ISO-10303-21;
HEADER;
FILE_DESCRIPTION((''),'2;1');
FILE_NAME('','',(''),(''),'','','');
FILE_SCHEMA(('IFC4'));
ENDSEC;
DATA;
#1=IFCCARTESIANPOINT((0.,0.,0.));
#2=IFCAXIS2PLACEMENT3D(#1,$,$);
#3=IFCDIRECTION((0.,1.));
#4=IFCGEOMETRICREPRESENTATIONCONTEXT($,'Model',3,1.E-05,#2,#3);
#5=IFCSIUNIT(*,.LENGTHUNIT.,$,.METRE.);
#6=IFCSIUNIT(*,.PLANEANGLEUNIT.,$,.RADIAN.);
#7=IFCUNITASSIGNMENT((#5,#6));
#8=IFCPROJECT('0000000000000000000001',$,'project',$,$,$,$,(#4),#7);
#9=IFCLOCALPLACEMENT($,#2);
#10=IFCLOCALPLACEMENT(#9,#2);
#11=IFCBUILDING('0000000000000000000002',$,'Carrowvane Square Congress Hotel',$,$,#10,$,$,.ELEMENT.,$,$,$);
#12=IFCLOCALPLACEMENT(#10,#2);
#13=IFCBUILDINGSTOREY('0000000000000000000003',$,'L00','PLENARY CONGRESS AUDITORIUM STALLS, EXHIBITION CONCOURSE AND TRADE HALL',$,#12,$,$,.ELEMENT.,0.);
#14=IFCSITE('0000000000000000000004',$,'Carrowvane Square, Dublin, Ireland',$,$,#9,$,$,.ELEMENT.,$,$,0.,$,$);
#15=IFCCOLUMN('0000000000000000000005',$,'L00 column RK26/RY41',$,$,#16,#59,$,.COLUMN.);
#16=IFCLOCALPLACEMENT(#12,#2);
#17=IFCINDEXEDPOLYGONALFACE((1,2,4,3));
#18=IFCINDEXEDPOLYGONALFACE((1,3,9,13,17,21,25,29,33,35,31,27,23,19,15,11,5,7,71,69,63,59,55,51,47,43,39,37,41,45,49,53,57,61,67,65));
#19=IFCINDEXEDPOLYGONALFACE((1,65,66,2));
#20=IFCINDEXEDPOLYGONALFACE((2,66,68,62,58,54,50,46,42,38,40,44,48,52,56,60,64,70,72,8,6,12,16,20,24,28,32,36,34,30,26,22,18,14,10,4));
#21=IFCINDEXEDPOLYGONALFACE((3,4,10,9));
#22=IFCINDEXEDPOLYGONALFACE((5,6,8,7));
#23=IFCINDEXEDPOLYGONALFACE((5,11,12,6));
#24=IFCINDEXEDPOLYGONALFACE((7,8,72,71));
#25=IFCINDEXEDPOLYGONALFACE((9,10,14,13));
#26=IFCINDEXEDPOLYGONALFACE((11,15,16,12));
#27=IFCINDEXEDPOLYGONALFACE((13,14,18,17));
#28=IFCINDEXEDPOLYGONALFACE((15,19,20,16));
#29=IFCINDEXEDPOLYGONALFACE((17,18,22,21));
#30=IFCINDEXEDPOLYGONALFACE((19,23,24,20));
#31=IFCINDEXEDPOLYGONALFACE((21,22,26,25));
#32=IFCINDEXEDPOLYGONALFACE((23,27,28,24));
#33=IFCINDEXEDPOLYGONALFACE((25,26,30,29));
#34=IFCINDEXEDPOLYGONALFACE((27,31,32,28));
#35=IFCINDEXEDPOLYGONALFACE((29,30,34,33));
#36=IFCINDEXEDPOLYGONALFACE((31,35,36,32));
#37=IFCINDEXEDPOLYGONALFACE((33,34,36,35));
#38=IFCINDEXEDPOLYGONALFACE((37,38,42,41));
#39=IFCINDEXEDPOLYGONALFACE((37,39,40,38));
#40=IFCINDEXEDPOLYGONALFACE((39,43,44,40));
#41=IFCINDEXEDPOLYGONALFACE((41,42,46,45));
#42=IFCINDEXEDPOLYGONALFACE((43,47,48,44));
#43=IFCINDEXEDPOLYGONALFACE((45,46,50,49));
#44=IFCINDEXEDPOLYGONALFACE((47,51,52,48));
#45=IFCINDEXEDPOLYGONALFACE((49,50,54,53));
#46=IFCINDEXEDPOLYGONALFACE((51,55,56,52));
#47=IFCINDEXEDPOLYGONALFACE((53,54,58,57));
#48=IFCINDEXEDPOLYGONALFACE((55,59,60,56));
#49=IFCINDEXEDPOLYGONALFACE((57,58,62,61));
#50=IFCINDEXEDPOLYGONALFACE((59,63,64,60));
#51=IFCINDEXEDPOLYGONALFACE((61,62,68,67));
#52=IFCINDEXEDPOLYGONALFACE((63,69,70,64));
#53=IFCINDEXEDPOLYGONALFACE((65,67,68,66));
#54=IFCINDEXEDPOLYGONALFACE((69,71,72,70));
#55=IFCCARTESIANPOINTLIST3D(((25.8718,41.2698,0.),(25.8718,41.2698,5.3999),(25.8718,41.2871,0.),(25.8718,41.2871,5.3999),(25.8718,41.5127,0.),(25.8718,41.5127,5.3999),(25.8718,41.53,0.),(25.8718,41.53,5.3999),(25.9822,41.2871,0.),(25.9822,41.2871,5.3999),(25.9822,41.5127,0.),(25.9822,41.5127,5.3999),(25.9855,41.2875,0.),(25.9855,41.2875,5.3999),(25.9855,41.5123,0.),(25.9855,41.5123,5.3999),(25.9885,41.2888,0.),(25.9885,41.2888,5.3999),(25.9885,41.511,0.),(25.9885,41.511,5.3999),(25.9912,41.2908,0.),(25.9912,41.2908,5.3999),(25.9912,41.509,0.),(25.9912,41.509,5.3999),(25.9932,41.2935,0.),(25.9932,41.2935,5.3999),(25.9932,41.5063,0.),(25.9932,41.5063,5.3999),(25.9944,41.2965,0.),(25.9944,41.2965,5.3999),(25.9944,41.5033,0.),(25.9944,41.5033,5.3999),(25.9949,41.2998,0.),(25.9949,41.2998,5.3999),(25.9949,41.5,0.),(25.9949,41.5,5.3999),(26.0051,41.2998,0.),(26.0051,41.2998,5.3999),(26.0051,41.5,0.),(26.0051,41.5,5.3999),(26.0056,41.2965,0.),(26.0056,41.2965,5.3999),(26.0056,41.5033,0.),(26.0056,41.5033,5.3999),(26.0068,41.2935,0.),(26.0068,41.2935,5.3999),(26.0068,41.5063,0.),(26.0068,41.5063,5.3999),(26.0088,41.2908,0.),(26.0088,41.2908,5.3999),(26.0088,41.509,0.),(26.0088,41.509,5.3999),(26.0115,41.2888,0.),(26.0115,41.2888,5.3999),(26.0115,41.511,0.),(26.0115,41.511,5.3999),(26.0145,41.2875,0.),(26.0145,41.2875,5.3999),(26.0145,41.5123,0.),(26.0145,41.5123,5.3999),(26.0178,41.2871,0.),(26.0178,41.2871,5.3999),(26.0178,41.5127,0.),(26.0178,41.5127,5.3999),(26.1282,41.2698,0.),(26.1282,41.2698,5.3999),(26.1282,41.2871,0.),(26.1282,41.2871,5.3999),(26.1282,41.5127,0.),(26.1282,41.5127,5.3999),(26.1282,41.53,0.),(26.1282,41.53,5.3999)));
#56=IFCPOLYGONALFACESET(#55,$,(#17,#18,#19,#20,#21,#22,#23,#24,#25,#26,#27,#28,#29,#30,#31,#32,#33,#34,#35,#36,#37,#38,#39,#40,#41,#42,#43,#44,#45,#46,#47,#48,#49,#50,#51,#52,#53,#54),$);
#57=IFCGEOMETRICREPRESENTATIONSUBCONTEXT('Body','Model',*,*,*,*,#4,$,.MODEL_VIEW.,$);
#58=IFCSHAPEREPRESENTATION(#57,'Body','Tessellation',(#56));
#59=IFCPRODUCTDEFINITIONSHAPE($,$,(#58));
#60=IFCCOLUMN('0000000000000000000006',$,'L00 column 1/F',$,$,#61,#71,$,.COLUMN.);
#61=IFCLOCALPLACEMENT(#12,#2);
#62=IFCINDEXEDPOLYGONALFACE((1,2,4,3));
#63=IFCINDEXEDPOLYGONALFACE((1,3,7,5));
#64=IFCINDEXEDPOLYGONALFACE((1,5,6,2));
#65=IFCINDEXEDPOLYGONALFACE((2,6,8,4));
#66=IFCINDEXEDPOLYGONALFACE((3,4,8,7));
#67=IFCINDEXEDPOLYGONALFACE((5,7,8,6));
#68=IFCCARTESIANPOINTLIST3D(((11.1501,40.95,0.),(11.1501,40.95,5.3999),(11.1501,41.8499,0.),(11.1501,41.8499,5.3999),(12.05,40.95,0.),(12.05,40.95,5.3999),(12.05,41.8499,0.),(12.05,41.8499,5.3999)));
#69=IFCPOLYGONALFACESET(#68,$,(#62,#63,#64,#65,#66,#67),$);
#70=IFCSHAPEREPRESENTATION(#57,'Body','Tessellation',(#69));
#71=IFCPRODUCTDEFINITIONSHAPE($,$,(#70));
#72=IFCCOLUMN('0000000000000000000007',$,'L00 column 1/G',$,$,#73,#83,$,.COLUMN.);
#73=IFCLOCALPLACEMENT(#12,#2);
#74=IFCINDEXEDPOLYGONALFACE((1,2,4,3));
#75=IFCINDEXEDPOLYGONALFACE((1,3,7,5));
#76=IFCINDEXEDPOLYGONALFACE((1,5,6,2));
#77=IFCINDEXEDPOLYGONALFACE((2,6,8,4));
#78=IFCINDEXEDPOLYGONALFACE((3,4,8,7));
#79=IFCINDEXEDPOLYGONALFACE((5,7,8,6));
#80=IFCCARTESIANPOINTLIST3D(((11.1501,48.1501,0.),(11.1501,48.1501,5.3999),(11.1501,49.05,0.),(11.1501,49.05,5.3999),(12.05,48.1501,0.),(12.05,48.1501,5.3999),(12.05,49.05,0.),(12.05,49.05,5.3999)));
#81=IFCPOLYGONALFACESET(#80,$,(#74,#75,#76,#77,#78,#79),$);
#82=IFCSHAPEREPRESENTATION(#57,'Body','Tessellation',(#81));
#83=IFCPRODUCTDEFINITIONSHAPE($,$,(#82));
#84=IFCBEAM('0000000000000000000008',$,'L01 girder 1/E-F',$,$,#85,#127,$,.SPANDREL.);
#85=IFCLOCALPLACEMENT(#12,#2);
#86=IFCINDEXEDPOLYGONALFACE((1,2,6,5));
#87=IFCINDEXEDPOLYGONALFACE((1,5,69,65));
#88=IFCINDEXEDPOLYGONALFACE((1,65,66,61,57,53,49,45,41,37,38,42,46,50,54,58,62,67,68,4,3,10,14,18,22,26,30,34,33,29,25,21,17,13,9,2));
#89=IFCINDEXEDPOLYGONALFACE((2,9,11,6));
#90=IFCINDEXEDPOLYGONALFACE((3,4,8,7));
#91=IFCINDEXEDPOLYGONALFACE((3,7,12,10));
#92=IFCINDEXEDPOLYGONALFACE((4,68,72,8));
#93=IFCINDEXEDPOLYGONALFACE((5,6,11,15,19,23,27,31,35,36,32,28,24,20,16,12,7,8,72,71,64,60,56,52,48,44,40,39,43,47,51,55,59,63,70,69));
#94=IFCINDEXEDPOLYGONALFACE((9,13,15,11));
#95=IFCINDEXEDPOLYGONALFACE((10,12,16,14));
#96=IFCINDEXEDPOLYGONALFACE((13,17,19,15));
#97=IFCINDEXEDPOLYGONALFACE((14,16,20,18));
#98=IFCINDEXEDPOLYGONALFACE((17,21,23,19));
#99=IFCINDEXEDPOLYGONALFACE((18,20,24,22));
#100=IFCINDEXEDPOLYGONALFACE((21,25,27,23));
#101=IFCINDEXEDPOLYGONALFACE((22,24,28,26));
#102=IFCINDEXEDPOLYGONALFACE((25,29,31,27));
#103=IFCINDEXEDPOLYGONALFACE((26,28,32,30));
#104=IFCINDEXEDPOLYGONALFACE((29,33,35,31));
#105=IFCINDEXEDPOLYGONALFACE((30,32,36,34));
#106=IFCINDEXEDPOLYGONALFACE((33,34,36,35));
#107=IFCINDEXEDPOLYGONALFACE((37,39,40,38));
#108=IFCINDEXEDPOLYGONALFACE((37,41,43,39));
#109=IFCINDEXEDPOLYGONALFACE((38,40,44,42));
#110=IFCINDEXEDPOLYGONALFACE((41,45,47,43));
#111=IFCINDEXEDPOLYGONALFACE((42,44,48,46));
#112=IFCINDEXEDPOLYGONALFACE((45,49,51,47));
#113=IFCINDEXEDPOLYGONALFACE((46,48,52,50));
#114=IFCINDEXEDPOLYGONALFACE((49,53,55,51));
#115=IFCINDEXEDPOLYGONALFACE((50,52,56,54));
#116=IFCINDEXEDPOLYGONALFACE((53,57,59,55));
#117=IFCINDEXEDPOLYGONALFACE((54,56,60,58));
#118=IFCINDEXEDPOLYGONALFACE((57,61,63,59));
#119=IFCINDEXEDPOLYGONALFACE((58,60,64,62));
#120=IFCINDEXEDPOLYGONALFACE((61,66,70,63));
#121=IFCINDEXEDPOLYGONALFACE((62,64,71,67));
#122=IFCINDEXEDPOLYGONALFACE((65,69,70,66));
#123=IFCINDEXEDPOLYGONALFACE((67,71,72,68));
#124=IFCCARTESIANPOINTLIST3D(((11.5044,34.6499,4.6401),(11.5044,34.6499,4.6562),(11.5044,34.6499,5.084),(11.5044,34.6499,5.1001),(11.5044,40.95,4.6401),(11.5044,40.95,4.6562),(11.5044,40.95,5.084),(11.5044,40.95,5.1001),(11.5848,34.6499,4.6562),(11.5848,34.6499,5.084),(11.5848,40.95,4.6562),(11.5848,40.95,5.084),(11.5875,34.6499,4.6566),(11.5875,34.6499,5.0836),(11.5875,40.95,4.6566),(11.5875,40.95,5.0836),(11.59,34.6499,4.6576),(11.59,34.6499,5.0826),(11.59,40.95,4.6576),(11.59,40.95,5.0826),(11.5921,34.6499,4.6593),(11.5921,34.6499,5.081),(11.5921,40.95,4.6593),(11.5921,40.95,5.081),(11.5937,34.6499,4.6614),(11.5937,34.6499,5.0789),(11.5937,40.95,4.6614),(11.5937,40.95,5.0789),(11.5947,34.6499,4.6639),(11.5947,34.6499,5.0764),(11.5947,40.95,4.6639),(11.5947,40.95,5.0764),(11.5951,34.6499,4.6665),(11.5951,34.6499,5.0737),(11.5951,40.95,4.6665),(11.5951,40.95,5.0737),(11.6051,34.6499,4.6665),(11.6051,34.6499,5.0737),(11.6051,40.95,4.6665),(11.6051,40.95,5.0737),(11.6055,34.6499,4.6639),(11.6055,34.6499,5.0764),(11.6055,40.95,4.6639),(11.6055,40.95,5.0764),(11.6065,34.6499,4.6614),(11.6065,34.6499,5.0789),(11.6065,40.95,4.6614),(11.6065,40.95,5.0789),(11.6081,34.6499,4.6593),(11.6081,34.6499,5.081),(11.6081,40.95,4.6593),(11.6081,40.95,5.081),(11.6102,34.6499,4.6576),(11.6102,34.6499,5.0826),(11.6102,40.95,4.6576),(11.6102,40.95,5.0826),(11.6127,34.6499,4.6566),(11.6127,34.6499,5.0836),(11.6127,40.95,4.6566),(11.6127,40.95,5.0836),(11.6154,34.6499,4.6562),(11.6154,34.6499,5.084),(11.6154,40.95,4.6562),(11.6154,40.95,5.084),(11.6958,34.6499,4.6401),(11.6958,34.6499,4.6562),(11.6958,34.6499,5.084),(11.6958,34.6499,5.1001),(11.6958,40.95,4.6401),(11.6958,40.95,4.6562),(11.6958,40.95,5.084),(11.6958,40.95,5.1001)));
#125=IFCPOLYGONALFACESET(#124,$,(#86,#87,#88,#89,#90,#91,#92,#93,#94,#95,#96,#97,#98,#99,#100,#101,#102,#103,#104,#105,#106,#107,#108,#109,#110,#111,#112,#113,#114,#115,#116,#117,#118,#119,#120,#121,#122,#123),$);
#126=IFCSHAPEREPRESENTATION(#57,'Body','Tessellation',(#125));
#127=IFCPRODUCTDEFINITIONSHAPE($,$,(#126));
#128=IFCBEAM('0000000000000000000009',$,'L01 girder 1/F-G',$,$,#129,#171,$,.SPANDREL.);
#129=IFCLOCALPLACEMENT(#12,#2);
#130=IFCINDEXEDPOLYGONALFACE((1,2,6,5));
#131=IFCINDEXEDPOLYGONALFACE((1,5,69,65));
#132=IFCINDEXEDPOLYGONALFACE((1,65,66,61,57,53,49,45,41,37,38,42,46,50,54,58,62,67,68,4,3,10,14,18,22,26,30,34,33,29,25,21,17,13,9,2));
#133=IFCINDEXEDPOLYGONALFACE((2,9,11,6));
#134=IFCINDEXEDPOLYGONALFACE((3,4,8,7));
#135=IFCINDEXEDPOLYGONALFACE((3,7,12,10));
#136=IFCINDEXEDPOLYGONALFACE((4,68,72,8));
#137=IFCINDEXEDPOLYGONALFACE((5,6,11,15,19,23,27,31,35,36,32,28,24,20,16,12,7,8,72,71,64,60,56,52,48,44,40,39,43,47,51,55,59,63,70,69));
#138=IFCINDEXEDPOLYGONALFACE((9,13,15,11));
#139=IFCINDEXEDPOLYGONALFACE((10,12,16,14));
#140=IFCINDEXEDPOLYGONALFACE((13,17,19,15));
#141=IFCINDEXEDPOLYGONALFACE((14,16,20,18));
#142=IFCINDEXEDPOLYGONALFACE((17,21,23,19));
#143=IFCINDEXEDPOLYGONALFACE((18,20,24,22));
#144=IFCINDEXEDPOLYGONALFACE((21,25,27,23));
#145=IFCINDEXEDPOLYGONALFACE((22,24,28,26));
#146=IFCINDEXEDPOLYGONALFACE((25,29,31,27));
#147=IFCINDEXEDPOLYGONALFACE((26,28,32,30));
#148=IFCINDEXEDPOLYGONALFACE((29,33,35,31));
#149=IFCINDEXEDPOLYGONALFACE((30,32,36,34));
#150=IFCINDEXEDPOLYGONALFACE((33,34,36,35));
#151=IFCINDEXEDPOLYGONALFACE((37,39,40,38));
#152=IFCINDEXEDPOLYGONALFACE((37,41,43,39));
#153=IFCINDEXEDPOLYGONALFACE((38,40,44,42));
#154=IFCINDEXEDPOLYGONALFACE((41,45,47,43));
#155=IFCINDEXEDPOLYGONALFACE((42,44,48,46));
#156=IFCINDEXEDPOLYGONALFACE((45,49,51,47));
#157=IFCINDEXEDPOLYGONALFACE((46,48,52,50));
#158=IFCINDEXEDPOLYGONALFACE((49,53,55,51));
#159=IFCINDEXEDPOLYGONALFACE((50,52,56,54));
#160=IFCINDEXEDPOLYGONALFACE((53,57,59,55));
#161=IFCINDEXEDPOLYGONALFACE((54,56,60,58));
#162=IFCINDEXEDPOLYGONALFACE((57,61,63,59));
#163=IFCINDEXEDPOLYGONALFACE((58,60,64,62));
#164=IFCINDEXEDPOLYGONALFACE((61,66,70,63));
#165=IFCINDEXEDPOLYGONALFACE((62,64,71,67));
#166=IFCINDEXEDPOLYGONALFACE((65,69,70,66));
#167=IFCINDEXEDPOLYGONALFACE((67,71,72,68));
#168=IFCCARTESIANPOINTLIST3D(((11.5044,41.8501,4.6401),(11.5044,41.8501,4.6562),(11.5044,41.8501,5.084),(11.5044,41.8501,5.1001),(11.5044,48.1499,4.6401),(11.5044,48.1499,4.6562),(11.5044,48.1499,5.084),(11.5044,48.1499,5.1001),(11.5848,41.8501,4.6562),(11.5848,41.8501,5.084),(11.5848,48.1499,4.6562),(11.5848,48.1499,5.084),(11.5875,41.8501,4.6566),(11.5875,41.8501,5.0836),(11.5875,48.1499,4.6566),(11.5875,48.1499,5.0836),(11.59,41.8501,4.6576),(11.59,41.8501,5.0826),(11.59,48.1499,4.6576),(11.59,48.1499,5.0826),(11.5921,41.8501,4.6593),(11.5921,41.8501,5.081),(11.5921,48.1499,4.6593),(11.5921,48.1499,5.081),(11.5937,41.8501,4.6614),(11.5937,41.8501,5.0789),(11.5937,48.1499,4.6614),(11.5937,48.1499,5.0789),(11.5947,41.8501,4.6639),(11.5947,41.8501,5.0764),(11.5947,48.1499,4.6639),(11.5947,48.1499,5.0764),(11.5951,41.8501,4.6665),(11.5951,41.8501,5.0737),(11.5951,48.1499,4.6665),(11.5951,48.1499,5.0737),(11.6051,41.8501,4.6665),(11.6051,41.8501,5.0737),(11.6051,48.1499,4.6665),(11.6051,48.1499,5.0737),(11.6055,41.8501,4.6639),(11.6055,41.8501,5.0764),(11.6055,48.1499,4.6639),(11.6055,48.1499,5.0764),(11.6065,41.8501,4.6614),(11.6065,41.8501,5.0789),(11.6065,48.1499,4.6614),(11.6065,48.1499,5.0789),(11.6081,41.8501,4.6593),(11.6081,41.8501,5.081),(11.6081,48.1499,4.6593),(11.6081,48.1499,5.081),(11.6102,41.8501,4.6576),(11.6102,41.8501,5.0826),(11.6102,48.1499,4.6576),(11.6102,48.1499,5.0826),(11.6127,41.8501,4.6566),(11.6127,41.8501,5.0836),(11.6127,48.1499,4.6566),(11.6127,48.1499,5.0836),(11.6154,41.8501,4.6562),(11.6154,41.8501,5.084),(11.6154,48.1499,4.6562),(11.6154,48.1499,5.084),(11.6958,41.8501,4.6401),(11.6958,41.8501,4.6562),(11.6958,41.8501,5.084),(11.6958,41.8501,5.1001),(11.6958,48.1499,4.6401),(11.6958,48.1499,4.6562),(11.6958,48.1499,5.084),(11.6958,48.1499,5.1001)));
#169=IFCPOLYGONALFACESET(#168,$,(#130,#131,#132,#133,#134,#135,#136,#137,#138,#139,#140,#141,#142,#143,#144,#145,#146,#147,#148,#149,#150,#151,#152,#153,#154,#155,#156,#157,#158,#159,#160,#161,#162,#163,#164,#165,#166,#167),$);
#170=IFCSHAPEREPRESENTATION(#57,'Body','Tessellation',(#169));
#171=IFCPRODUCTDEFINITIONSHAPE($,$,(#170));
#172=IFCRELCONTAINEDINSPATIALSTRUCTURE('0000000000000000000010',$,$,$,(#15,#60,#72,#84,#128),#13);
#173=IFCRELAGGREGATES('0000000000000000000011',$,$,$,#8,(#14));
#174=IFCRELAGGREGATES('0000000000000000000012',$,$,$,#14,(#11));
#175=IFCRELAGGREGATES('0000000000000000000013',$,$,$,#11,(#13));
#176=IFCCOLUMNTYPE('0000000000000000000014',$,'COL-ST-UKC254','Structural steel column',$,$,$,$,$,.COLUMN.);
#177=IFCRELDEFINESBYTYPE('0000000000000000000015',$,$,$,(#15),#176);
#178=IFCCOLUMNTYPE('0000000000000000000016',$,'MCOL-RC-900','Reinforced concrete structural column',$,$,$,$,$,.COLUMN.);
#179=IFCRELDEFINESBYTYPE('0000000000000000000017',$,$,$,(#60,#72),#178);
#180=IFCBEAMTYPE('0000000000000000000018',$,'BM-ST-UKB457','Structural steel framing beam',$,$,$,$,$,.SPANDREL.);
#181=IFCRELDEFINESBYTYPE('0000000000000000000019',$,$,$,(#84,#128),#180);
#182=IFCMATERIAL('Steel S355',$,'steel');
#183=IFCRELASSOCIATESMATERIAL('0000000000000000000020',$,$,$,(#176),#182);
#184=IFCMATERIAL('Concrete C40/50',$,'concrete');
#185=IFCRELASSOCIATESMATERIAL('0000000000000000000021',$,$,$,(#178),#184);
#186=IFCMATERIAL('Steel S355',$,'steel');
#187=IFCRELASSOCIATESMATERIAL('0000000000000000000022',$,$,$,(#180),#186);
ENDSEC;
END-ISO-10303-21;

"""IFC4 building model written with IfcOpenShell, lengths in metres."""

from ifc_helpers import new_model, si_unit, direction, frame, origin, origin_2d, place, context, subcontext, project, spatial, rectangle, i_section, extrude, material, material_profile, profile_set, type_object, element, save


model = new_model("IFC4")

# Units and contexts
model_context = context("Model", 3, precision=1e-05, world=origin(), true_north=direction((0.0, 1.0)))
body_context = subcontext(model_context, "Body", "Model", "MODEL_VIEW")
ifc_project = project(units=[si_unit("LENGTHUNIT", "METRE"), si_unit("PLANEANGLEUNIT", "RADIAN")], contexts=[model_context])

# Site, building, storey
site_placement = place(None, origin())
site = spatial("IfcSite", under=ifc_project, at=site_placement, Name="Carrowvane Square, Dublin, Ireland", CompositionType="ELEMENT", RefElevation=0.0)
building_placement = place(site_placement, origin())
building = spatial("IfcBuilding", under=site, at=building_placement, Name="Carrowvane Square Congress Hotel", CompositionType="ELEMENT")
storey_placement = place(building_placement, origin())
storey = spatial("IfcBuildingStorey", under=building, at=storey_placement, Name="L00", Description="PLENARY CONGRESS AUDITORIUM STALLS, EXHIBITION CONCOURSE AND TRADE HALL", CompositionType="ELEMENT", Elevation=0.0)

# Columns
ifc_material_1 = material(Name="Steel S355", Category="steel")
ifc_material_profile_1 = material_profile(ifc_material_1, i_section(OverallWidth=0.2563, OverallDepth=0.2603, WebThickness=0.0103, FlangeThickness=0.0173, FilletRadius=0.0127, at=origin_2d()), Name="UKC 254x254x89")
ifc_profile_set_1 = profile_set([ifc_material_profile_1], Name="Steel S355")
column_type_1 = type_object("IfcColumnType", Name="COL-ST-UKC254", Description="Structural steel column", PredefinedType="COLUMN", material=ifc_profile_set_1)
column_placement = place(storey_placement, frame((26.0, 41.3999, 0.0), z_axis=(0.0, 0.0, 1.0), x_axis=(1.0, 0.0, 0.0)))
element("IfcColumn", 1, at=column_placement, inside=storey, type_object=column_type_1, Name="L00 column RK26/RY41", PredefinedType="COLUMN", context=body_context, shape_type="SweptSolid", body=[
    extrude(i_section(OverallWidth=0.2563, OverallDepth=0.2603, WebThickness=0.0103, FlangeThickness=0.0173, FilletRadius=0.0127, at=origin_2d()), origin(), (0.0, 0.0, 1.0), 5.3999),
])
ifc_material_2 = material(Name="Concrete C40/50", Category="concrete")
ifc_material_profile_2 = material_profile(ifc_material_2, rectangle(XDim=0.8999, YDim=0.8999, at=origin_2d()), Name="RC 900x900")
ifc_profile_set_2 = profile_set([ifc_material_profile_2], Name="Concrete C40/50")
column_type_2 = type_object("IfcColumnType", Name="MCOL-RC-900", Description="Reinforced concrete structural column", PredefinedType="COLUMN", material=ifc_profile_set_2)
for number, where, z_axis, x_axis, name in (
    (2, (11.6001, 41.3999, 0.0), (0.0, 0.0, 1.0), (1.0, 0.0, 0.0), "L00 column 1/F"),
    (3, (11.6001, 48.6001, 0.0), (0.0, 0.0, 1.0), (1.0, 0.0, 0.0), "L00 column 1/G"),
):
    element("IfcColumn", number, at=place(storey_placement, frame(where, z_axis=z_axis, x_axis=x_axis)), inside=storey, type_object=column_type_2, Name=name, PredefinedType="COLUMN", context=body_context, shape_type="SweptSolid", body=[
        extrude(rectangle(XDim=0.8999, YDim=0.8999, at=origin_2d()), origin(), (0.0, 0.0, 1.0), 5.3999),
    ])

# Beams
ifc_material_3 = material(Name="Steel S355", Category="steel")
ifc_material_profile_3 = material_profile(ifc_material_3, i_section(OverallWidth=0.1914, OverallDepth=0.46, WebThickness=0.01, FlangeThickness=0.0161, FilletRadius=0.0103, at=origin_2d()), Name="UKB 457x191x82")
ifc_profile_set_3 = profile_set([ifc_material_profile_3], Name="Steel S355")
beam_type_1 = type_object("IfcBeamType", Name="BM-ST-UKB457", Description="Structural steel framing beam", PredefinedType="SPANDREL", material=ifc_profile_set_3)
beam_1_placement = place(storey_placement, frame((11.6001, 34.6499, 4.8701), z_axis=(0.0, 1.0, 0.0), x_axis=(-1.0, 0.0, 0.0)))
element("IfcBeam", 4, at=beam_1_placement, inside=storey, type_object=beam_type_1, Name="L01 girder 1/E-F", PredefinedType="SPANDREL", context=body_context, shape_type="SweptSolid", body=[
    extrude(i_section(OverallWidth=0.1914, OverallDepth=0.46, WebThickness=0.01, FlangeThickness=0.0161, FilletRadius=0.0103, at=origin_2d()), origin(), (0.0, 0.0, 1.0), 6.3),
])
beam_2_placement = place(storey_placement, frame((11.6001, 41.8501, 4.8701), z_axis=(0.0, 1.0, 0.0), x_axis=(-1.0, 0.0, 0.0)))
element("IfcBeam", 5, at=beam_2_placement, inside=storey, type_object=beam_type_1, Name="L01 girder 1/F-G", PredefinedType="SPANDREL", context=body_context, shape_type="SweptSolid", body=[
    extrude(i_section(OverallWidth=0.1914, OverallDepth=0.46, WebThickness=0.01, FlangeThickness=0.0161, FilletRadius=0.0103, at=origin_2d()), origin(), (0.0, 0.0, 1.0), 6.2998),
])

save(model, "model.ifc")
